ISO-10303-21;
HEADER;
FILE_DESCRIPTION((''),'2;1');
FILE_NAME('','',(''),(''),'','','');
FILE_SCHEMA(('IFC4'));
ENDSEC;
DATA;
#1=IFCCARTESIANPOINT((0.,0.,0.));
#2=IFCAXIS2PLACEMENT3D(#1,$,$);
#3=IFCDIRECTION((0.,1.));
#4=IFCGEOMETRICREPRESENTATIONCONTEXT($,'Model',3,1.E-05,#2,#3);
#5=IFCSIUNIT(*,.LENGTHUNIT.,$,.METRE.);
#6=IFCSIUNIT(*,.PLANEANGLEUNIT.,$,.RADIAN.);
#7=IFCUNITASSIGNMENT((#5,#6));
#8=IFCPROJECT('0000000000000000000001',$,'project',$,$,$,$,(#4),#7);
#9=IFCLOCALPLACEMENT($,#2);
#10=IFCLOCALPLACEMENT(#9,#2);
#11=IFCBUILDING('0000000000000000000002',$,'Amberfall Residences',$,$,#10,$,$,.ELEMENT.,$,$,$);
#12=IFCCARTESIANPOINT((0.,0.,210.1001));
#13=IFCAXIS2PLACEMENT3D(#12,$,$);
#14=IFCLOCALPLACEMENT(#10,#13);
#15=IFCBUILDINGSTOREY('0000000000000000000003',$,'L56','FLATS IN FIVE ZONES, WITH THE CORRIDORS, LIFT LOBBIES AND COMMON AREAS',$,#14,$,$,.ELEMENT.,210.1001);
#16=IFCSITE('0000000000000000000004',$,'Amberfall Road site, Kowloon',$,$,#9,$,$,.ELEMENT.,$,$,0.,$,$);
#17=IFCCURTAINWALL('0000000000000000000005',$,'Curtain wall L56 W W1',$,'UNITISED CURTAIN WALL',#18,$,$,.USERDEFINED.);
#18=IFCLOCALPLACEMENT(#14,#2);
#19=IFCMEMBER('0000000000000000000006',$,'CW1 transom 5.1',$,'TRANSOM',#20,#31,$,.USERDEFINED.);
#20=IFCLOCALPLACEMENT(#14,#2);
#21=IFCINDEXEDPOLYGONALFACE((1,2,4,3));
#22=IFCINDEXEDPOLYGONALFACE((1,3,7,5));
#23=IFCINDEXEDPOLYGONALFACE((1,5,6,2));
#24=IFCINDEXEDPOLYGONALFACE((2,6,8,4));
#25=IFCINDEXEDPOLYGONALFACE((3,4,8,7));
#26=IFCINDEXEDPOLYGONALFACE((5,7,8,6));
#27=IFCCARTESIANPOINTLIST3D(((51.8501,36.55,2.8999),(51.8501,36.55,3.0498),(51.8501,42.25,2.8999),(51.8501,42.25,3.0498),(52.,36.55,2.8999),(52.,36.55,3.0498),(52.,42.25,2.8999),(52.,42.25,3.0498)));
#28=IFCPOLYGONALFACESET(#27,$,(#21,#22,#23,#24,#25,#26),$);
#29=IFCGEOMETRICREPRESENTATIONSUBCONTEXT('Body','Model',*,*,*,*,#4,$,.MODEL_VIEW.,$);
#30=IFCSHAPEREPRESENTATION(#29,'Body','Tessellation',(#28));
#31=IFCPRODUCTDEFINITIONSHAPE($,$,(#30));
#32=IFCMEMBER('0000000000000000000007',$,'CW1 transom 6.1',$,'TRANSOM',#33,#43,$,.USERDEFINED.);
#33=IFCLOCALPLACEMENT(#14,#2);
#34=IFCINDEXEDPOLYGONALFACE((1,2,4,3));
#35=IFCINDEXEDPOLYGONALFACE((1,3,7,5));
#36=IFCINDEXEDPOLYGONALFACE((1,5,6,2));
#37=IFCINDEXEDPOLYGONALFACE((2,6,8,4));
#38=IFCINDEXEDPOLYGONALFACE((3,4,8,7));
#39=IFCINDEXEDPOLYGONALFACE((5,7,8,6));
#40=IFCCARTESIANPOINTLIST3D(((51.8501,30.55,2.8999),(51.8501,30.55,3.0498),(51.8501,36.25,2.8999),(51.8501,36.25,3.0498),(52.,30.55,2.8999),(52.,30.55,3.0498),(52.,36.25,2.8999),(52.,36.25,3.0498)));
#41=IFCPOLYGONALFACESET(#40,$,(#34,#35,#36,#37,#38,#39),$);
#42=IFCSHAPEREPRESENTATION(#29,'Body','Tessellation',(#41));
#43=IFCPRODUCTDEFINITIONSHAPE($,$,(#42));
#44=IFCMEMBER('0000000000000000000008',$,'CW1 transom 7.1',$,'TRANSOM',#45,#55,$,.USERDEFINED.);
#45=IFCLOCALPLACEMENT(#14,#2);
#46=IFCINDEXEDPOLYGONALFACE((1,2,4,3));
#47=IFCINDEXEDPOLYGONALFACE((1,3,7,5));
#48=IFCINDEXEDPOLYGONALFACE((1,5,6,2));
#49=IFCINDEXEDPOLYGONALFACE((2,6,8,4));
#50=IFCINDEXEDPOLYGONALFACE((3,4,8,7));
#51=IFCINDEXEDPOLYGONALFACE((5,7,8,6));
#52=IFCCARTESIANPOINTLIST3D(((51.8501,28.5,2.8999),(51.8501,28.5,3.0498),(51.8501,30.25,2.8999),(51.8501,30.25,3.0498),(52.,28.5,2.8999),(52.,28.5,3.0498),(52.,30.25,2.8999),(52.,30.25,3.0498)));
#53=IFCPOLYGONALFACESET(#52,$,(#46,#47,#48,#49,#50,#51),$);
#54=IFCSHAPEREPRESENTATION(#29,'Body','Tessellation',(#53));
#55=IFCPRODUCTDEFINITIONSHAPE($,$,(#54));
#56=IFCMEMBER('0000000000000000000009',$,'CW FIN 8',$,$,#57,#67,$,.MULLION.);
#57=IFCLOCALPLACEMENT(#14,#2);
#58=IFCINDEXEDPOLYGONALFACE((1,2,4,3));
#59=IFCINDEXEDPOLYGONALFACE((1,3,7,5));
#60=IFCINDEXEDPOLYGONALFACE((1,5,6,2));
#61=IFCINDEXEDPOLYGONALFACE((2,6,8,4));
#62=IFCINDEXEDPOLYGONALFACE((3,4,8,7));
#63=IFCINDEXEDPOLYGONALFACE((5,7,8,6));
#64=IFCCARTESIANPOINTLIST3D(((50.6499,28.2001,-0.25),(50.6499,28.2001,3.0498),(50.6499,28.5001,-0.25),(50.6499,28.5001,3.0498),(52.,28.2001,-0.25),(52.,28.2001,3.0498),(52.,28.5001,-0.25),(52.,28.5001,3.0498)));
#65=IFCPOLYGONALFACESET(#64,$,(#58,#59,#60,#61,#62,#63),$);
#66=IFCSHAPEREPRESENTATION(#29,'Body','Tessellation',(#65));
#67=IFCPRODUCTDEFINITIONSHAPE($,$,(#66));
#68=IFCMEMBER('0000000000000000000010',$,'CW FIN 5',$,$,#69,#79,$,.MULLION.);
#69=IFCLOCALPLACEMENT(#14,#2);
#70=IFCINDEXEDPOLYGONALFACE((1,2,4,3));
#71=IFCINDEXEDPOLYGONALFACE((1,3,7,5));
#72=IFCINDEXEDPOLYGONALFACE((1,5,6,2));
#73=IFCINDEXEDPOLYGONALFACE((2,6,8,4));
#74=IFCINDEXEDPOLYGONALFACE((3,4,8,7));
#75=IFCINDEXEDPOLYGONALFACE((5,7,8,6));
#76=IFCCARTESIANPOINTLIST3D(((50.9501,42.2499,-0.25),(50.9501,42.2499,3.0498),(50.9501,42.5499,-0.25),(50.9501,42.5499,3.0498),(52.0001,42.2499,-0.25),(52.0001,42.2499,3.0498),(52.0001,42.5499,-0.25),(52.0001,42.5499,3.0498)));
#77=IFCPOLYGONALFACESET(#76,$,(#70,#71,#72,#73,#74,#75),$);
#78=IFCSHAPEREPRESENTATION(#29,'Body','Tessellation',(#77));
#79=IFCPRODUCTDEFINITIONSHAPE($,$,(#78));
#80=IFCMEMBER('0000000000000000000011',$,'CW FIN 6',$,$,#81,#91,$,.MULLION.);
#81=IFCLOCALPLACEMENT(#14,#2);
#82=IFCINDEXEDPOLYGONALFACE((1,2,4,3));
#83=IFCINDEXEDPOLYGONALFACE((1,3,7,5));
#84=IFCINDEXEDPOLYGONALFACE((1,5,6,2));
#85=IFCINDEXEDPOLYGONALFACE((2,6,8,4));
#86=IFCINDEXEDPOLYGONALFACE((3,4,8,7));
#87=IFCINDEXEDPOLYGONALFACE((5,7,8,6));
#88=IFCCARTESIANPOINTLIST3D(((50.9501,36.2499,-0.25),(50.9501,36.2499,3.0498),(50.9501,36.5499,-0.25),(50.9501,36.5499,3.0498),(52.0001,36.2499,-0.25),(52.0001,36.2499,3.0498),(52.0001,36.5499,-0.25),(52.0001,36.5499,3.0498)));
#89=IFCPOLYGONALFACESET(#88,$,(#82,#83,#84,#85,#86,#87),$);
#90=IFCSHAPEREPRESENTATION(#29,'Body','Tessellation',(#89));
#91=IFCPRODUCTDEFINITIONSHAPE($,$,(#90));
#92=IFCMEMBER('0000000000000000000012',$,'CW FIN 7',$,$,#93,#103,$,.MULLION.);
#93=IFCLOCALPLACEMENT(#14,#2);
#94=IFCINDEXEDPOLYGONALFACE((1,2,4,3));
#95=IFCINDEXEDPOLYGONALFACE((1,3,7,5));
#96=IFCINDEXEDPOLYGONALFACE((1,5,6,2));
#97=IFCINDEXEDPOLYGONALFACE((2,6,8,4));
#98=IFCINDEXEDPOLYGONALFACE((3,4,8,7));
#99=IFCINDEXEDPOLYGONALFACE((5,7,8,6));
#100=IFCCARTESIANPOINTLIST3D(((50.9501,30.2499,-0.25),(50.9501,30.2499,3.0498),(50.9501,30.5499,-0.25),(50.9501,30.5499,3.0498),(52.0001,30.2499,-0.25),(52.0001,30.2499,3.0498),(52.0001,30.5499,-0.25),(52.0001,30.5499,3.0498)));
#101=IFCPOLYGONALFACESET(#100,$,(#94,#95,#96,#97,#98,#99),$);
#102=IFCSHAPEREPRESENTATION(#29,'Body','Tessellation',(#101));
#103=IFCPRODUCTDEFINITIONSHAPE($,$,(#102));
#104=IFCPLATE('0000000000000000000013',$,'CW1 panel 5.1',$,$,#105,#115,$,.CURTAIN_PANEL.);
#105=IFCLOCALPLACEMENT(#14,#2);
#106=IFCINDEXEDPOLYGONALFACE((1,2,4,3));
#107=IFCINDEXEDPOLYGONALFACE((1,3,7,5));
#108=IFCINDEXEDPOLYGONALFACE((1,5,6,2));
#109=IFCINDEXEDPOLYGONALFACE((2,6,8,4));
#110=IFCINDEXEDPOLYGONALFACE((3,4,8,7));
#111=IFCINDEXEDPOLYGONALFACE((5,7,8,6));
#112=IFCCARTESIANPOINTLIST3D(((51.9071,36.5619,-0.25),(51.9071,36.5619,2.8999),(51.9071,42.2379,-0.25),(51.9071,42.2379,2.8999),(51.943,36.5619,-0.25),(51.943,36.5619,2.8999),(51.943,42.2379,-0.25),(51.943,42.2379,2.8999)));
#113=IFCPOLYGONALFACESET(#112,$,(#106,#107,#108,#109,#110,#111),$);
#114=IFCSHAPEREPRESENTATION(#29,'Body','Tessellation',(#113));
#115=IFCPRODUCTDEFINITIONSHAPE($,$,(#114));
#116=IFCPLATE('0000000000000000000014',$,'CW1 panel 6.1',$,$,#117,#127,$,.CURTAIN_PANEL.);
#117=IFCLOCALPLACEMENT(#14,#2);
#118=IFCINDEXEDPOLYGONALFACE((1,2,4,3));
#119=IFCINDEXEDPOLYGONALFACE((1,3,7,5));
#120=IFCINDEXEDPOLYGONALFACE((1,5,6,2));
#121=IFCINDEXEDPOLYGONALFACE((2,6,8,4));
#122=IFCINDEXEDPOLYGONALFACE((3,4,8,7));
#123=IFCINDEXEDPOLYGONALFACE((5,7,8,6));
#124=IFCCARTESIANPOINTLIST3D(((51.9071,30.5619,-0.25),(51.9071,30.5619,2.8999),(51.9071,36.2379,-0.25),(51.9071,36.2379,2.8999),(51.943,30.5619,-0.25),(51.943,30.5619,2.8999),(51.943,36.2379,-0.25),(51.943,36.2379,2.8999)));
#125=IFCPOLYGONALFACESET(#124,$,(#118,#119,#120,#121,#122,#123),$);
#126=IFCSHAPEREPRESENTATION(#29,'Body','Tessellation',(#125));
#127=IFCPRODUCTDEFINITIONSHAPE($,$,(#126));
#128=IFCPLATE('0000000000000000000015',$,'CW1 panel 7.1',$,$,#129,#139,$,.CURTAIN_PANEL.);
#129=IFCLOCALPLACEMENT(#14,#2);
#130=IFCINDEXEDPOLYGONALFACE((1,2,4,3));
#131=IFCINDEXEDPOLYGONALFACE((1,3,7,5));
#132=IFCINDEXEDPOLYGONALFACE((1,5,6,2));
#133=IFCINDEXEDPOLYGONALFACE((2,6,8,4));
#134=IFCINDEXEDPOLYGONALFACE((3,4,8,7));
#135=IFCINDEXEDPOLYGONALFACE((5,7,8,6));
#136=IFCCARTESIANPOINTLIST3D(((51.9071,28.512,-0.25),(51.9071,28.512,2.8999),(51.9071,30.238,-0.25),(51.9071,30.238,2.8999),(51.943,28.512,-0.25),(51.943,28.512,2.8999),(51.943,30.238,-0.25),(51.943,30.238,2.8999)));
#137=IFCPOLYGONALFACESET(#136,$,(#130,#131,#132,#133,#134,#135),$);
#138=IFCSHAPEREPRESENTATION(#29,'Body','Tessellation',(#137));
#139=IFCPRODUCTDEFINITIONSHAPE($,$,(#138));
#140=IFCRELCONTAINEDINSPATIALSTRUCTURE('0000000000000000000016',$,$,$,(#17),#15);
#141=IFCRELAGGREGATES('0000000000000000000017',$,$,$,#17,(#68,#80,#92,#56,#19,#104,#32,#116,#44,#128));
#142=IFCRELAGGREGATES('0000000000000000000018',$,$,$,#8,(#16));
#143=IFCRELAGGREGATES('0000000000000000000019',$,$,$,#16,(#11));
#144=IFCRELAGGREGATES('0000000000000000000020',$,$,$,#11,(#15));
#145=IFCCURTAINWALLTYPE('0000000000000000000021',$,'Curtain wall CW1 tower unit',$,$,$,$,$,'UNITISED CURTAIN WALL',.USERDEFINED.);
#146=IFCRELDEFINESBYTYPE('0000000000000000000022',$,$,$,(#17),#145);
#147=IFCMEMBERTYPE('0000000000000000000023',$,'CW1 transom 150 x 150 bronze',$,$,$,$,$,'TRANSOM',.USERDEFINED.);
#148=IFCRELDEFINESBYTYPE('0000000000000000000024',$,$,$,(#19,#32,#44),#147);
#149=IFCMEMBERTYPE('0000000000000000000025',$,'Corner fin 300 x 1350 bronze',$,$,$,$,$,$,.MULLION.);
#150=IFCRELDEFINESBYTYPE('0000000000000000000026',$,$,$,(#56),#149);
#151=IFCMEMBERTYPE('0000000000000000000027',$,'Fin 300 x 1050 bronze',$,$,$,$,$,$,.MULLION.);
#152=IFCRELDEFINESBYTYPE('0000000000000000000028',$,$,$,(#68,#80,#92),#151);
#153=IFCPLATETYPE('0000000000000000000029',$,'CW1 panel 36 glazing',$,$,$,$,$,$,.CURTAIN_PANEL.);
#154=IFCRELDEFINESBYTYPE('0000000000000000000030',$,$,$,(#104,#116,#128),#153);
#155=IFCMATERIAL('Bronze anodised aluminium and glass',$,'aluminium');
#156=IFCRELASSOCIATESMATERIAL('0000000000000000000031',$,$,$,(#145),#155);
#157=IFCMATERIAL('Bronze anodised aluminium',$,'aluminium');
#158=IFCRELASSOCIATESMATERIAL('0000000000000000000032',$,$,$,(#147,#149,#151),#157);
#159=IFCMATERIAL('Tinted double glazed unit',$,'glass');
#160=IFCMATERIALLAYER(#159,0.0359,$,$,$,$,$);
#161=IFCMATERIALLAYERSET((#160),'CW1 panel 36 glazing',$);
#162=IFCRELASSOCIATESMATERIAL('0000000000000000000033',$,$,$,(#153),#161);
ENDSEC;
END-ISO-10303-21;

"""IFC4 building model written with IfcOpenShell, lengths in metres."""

from ifc_helpers import new_model, si_unit, direction, frame, origin, origin_2d, place, context, subcontext, project, spatial, rectangle, extrude, material, layer, layer_set, material_profile, profile_set, type_object, element, aggregate, save


model = new_model("IFC4")

# Units and contexts
model_context = context("Model", 3, precision=1e-05, world=origin(), true_north=direction((0.0, 1.0)))
body_context = subcontext(model_context, "Body", "Model", "MODEL_VIEW")
ifc_project = project(units=[si_unit("LENGTHUNIT", "METRE"), si_unit("PLANEANGLEUNIT", "RADIAN")], contexts=[model_context])

# Site, building, storey
site_placement = place(None, origin())
site = spatial("IfcSite", under=ifc_project, at=site_placement, Name="Amberfall Road site, Kowloon", CompositionType="ELEMENT", RefElevation=0.0)
building_placement = place(site_placement, origin())
building = spatial("IfcBuilding", under=site, at=building_placement, Name="Amberfall Residences", CompositionType="ELEMENT")
storey_placement = place(building_placement, frame((0.0, 0.0, 210.1001)))
storey = spatial("IfcBuildingStorey", under=building, at=storey_placement, Name="L56", Description="FLATS IN FIVE ZONES, WITH THE CORRIDORS, LIFT LOBBIES AND COMMON AREAS", CompositionType="ELEMENT", Elevation=210.1001)

# Curtain wall, members, plates
ifc_material_1 = material(Name="Bronze anodised aluminium and glass", Category="aluminium")
curtain_wall_type = type_object("IfcCurtainWallType", Name="Curtain wall CW1 tower unit", ElementType="UNITISED CURTAIN WALL", PredefinedType="USERDEFINED", material=ifc_material_1)
curtain_wall_placement = place(storey_placement, origin())
curtain_wall = element("IfcCurtainWall", 1, at=curtain_wall_placement, inside=storey, type_object=curtain_wall_type, Name="Curtain wall L56 W W1", ObjectType="UNITISED CURTAIN WALL", PredefinedType="USERDEFINED")
ifc_material_2 = material(Name="Bronze anodised aluminium", Category="aluminium")
ifc_material_profile_1 = material_profile(ifc_material_2, rectangle(XDim=0.1499, YDim=0.1499, at=origin_2d()), Name="CW1 transom 150 x 150 bronze")
ifc_profile_set_1 = profile_set([ifc_material_profile_1], Name="Bronze anodised aluminium")
member_type_1 = type_object("IfcMemberType", Name="CW1 transom 150 x 150 bronze", ElementType="TRANSOM", PredefinedType="USERDEFINED", material=ifc_profile_set_1)
member_1_placement = place(storey_placement, frame((51.925, 42.25, 2.9749), z_axis=(0.0, -1.0, 0.0), x_axis=(1.0, 0.0, 0.0)))
member_1 = element("IfcMember", 2, at=member_1_placement, type_object=member_type_1, Name="CW1 transom 5.1", ObjectType="TRANSOM", PredefinedType="USERDEFINED", context=body_context, shape_type="SweptSolid", body=[
    extrude(rectangle(XDim=0.1499, YDim=0.1499, at=origin_2d()), origin(), (0.0, 0.0, 1.0), 5.7),
])
member_2_placement = place(storey_placement, frame((51.925, 36.25, 2.9749), z_axis=(0.0, -1.0, 0.0), x_axis=(1.0, 0.0, 0.0)))
member_2 = element("IfcMember", 3, at=member_2_placement, type_object=member_type_1, Name="CW1 transom 6.1", ObjectType="TRANSOM", PredefinedType="USERDEFINED", context=body_context, shape_type="SweptSolid", body=[
    extrude(rectangle(XDim=0.1499, YDim=0.1499, at=origin_2d()), origin(), (0.0, 0.0, 1.0), 5.7),
])
member_3_placement = place(storey_placement, frame((51.925, 30.25, 2.9749), z_axis=(0.0, -1.0, 0.0), x_axis=(1.0, 0.0, 0.0)))
member_3 = element("IfcMember", 4, at=member_3_placement, type_object=member_type_1, Name="CW1 transom 7.1", ObjectType="TRANSOM", PredefinedType="USERDEFINED", context=body_context, shape_type="SweptSolid", body=[
    extrude(rectangle(XDim=0.1499, YDim=0.1499, at=origin_2d()), origin(), (0.0, 0.0, 1.0), 1.75),
])
ifc_material_profile_2 = material_profile(ifc_material_2, rectangle(XDim=1.3501, YDim=0.3, at=origin_2d()), Name="Corner fin 300 x 1350 bronze")
ifc_profile_set_2 = profile_set([ifc_material_profile_2], Name="Bronze anodised aluminium")
member_type_2 = type_object("IfcMemberType", Name="Corner fin 300 x 1350 bronze", PredefinedType="MULLION", material=ifc_profile_set_2)
member_4_placement = place(storey_placement, frame((51.325, 28.3501, -0.25), z_axis=(0.0, 0.0, 1.0), x_axis=(1.0, 0.0, 0.0)))
member_4 = element("IfcMember", 5, at=member_4_placement, type_object=member_type_2, Name="CW FIN 8", PredefinedType="MULLION", context=body_context, shape_type="SweptSolid", body=[
    extrude(rectangle(XDim=1.3501, YDim=0.3, at=origin_2d()), origin(), (0.0, 0.0, 1.0), 3.2998),
])
ifc_material_profile_3 = material_profile(ifc_material_2, rectangle(XDim=1.05, YDim=0.3, at=origin_2d()), Name="Fin 300 x 1050 bronze")
ifc_profile_set_3 = profile_set([ifc_material_profile_3], Name="Bronze anodised aluminium")
member_type_3 = type_object("IfcMemberType", Name="Fin 300 x 1050 bronze", PredefinedType="MULLION", material=ifc_profile_set_3)
member_5_placement = place(storey_placement, frame((51.4751, 42.3999, -0.25), z_axis=(0.0, 0.0, 1.0), x_axis=(1.0, 0.0, 0.0)))
member_5 = element("IfcMember", 6, at=member_5_placement, type_object=member_type_3, Name="CW FIN 5", PredefinedType="MULLION", context=body_context, shape_type="SweptSolid", body=[
    extrude(rectangle(XDim=1.05, YDim=0.3, at=origin_2d()), origin(), (0.0, 0.0, 1.0), 3.2998),
])
member_6_placement = place(storey_placement, frame((51.4751, 36.3999, -0.25), z_axis=(0.0, 0.0, 1.0), x_axis=(1.0, 0.0, 0.0)))
member_6 = element("IfcMember", 7, at=member_6_placement, type_object=member_type_3, Name="CW FIN 6", PredefinedType="MULLION", context=body_context, shape_type="SweptSolid", body=[
    extrude(rectangle(XDim=1.05, YDim=0.3, at=origin_2d()), origin(), (0.0, 0.0, 1.0), 3.2998),
])
member_7_placement = place(storey_placement, frame((51.4751, 30.3999, -0.25), z_axis=(0.0, 0.0, 1.0), x_axis=(1.0, 0.0, 0.0)))
member_7 = element("IfcMember", 8, at=member_7_placement, type_object=member_type_3, Name="CW FIN 7", PredefinedType="MULLION", context=body_context, shape_type="SweptSolid", body=[
    extrude(rectangle(XDim=1.05, YDim=0.3, at=origin_2d()), origin(), (0.0, 0.0, 1.0), 3.2998),
])
ifc_material_3 = material(Name="Tinted double glazed unit", Category="glass")
ifc_layer_1 = layer(ifc_material_3, 0.0359)
ifc_layer_set_1 = layer_set([ifc_layer_1], Name="CW1 panel 36 glazing")
plate_type = type_object("IfcPlateType", Name="CW1 panel 36 glazing", PredefinedType="CURTAIN_PANEL", material=ifc_layer_set_1)
plate_1_placement = place(storey_placement, frame((51.925, 39.3999, -0.25), z_axis=(0.0, 0.0, 1.0), x_axis=(0.0, -1.0, 0.0)))
plate_1 = element("IfcPlate", 9, at=plate_1_placement, type_object=plate_type, Name="CW1 panel 5.1", PredefinedType="CURTAIN_PANEL", context=body_context, shape_type="SweptSolid", body=[
    extrude(rectangle(XDim=5.676, YDim=0.0359, at=origin_2d()), origin(), (0.0, 0.0, 1.0), 3.1499),
])
plate_2_placement = place(storey_placement, frame((51.925, 33.3999, -0.25), z_axis=(0.0, 0.0, 1.0), x_axis=(0.0, -1.0, 0.0)))
plate_2 = element("IfcPlate", 10, at=plate_2_placement, type_object=plate_type, Name="CW1 panel 6.1", PredefinedType="CURTAIN_PANEL", context=body_context, shape_type="SweptSolid", body=[
    extrude(rectangle(XDim=5.676, YDim=0.0359, at=origin_2d()), origin(), (0.0, 0.0, 1.0), 3.1499),
])
plate_3_placement = place(storey_placement, frame((51.925, 29.375, -0.25), z_axis=(0.0, 0.0, 1.0), x_axis=(0.0, -1.0, 0.0)))
plate_3 = element("IfcPlate", 11, at=plate_3_placement, type_object=plate_type, Name="CW1 panel 7.1", PredefinedType="CURTAIN_PANEL", context=body_context, shape_type="SweptSolid", body=[
    extrude(rectangle(XDim=1.7261, YDim=0.0359, at=origin_2d()), origin(), (0.0, 0.0, 1.0), 3.1499),
])
aggregate(curtain_wall, [member_5, member_6, member_7, member_4, member_1, plate_1, member_2, plate_2, member_3, plate_3])

save(model, "model.ifc")
